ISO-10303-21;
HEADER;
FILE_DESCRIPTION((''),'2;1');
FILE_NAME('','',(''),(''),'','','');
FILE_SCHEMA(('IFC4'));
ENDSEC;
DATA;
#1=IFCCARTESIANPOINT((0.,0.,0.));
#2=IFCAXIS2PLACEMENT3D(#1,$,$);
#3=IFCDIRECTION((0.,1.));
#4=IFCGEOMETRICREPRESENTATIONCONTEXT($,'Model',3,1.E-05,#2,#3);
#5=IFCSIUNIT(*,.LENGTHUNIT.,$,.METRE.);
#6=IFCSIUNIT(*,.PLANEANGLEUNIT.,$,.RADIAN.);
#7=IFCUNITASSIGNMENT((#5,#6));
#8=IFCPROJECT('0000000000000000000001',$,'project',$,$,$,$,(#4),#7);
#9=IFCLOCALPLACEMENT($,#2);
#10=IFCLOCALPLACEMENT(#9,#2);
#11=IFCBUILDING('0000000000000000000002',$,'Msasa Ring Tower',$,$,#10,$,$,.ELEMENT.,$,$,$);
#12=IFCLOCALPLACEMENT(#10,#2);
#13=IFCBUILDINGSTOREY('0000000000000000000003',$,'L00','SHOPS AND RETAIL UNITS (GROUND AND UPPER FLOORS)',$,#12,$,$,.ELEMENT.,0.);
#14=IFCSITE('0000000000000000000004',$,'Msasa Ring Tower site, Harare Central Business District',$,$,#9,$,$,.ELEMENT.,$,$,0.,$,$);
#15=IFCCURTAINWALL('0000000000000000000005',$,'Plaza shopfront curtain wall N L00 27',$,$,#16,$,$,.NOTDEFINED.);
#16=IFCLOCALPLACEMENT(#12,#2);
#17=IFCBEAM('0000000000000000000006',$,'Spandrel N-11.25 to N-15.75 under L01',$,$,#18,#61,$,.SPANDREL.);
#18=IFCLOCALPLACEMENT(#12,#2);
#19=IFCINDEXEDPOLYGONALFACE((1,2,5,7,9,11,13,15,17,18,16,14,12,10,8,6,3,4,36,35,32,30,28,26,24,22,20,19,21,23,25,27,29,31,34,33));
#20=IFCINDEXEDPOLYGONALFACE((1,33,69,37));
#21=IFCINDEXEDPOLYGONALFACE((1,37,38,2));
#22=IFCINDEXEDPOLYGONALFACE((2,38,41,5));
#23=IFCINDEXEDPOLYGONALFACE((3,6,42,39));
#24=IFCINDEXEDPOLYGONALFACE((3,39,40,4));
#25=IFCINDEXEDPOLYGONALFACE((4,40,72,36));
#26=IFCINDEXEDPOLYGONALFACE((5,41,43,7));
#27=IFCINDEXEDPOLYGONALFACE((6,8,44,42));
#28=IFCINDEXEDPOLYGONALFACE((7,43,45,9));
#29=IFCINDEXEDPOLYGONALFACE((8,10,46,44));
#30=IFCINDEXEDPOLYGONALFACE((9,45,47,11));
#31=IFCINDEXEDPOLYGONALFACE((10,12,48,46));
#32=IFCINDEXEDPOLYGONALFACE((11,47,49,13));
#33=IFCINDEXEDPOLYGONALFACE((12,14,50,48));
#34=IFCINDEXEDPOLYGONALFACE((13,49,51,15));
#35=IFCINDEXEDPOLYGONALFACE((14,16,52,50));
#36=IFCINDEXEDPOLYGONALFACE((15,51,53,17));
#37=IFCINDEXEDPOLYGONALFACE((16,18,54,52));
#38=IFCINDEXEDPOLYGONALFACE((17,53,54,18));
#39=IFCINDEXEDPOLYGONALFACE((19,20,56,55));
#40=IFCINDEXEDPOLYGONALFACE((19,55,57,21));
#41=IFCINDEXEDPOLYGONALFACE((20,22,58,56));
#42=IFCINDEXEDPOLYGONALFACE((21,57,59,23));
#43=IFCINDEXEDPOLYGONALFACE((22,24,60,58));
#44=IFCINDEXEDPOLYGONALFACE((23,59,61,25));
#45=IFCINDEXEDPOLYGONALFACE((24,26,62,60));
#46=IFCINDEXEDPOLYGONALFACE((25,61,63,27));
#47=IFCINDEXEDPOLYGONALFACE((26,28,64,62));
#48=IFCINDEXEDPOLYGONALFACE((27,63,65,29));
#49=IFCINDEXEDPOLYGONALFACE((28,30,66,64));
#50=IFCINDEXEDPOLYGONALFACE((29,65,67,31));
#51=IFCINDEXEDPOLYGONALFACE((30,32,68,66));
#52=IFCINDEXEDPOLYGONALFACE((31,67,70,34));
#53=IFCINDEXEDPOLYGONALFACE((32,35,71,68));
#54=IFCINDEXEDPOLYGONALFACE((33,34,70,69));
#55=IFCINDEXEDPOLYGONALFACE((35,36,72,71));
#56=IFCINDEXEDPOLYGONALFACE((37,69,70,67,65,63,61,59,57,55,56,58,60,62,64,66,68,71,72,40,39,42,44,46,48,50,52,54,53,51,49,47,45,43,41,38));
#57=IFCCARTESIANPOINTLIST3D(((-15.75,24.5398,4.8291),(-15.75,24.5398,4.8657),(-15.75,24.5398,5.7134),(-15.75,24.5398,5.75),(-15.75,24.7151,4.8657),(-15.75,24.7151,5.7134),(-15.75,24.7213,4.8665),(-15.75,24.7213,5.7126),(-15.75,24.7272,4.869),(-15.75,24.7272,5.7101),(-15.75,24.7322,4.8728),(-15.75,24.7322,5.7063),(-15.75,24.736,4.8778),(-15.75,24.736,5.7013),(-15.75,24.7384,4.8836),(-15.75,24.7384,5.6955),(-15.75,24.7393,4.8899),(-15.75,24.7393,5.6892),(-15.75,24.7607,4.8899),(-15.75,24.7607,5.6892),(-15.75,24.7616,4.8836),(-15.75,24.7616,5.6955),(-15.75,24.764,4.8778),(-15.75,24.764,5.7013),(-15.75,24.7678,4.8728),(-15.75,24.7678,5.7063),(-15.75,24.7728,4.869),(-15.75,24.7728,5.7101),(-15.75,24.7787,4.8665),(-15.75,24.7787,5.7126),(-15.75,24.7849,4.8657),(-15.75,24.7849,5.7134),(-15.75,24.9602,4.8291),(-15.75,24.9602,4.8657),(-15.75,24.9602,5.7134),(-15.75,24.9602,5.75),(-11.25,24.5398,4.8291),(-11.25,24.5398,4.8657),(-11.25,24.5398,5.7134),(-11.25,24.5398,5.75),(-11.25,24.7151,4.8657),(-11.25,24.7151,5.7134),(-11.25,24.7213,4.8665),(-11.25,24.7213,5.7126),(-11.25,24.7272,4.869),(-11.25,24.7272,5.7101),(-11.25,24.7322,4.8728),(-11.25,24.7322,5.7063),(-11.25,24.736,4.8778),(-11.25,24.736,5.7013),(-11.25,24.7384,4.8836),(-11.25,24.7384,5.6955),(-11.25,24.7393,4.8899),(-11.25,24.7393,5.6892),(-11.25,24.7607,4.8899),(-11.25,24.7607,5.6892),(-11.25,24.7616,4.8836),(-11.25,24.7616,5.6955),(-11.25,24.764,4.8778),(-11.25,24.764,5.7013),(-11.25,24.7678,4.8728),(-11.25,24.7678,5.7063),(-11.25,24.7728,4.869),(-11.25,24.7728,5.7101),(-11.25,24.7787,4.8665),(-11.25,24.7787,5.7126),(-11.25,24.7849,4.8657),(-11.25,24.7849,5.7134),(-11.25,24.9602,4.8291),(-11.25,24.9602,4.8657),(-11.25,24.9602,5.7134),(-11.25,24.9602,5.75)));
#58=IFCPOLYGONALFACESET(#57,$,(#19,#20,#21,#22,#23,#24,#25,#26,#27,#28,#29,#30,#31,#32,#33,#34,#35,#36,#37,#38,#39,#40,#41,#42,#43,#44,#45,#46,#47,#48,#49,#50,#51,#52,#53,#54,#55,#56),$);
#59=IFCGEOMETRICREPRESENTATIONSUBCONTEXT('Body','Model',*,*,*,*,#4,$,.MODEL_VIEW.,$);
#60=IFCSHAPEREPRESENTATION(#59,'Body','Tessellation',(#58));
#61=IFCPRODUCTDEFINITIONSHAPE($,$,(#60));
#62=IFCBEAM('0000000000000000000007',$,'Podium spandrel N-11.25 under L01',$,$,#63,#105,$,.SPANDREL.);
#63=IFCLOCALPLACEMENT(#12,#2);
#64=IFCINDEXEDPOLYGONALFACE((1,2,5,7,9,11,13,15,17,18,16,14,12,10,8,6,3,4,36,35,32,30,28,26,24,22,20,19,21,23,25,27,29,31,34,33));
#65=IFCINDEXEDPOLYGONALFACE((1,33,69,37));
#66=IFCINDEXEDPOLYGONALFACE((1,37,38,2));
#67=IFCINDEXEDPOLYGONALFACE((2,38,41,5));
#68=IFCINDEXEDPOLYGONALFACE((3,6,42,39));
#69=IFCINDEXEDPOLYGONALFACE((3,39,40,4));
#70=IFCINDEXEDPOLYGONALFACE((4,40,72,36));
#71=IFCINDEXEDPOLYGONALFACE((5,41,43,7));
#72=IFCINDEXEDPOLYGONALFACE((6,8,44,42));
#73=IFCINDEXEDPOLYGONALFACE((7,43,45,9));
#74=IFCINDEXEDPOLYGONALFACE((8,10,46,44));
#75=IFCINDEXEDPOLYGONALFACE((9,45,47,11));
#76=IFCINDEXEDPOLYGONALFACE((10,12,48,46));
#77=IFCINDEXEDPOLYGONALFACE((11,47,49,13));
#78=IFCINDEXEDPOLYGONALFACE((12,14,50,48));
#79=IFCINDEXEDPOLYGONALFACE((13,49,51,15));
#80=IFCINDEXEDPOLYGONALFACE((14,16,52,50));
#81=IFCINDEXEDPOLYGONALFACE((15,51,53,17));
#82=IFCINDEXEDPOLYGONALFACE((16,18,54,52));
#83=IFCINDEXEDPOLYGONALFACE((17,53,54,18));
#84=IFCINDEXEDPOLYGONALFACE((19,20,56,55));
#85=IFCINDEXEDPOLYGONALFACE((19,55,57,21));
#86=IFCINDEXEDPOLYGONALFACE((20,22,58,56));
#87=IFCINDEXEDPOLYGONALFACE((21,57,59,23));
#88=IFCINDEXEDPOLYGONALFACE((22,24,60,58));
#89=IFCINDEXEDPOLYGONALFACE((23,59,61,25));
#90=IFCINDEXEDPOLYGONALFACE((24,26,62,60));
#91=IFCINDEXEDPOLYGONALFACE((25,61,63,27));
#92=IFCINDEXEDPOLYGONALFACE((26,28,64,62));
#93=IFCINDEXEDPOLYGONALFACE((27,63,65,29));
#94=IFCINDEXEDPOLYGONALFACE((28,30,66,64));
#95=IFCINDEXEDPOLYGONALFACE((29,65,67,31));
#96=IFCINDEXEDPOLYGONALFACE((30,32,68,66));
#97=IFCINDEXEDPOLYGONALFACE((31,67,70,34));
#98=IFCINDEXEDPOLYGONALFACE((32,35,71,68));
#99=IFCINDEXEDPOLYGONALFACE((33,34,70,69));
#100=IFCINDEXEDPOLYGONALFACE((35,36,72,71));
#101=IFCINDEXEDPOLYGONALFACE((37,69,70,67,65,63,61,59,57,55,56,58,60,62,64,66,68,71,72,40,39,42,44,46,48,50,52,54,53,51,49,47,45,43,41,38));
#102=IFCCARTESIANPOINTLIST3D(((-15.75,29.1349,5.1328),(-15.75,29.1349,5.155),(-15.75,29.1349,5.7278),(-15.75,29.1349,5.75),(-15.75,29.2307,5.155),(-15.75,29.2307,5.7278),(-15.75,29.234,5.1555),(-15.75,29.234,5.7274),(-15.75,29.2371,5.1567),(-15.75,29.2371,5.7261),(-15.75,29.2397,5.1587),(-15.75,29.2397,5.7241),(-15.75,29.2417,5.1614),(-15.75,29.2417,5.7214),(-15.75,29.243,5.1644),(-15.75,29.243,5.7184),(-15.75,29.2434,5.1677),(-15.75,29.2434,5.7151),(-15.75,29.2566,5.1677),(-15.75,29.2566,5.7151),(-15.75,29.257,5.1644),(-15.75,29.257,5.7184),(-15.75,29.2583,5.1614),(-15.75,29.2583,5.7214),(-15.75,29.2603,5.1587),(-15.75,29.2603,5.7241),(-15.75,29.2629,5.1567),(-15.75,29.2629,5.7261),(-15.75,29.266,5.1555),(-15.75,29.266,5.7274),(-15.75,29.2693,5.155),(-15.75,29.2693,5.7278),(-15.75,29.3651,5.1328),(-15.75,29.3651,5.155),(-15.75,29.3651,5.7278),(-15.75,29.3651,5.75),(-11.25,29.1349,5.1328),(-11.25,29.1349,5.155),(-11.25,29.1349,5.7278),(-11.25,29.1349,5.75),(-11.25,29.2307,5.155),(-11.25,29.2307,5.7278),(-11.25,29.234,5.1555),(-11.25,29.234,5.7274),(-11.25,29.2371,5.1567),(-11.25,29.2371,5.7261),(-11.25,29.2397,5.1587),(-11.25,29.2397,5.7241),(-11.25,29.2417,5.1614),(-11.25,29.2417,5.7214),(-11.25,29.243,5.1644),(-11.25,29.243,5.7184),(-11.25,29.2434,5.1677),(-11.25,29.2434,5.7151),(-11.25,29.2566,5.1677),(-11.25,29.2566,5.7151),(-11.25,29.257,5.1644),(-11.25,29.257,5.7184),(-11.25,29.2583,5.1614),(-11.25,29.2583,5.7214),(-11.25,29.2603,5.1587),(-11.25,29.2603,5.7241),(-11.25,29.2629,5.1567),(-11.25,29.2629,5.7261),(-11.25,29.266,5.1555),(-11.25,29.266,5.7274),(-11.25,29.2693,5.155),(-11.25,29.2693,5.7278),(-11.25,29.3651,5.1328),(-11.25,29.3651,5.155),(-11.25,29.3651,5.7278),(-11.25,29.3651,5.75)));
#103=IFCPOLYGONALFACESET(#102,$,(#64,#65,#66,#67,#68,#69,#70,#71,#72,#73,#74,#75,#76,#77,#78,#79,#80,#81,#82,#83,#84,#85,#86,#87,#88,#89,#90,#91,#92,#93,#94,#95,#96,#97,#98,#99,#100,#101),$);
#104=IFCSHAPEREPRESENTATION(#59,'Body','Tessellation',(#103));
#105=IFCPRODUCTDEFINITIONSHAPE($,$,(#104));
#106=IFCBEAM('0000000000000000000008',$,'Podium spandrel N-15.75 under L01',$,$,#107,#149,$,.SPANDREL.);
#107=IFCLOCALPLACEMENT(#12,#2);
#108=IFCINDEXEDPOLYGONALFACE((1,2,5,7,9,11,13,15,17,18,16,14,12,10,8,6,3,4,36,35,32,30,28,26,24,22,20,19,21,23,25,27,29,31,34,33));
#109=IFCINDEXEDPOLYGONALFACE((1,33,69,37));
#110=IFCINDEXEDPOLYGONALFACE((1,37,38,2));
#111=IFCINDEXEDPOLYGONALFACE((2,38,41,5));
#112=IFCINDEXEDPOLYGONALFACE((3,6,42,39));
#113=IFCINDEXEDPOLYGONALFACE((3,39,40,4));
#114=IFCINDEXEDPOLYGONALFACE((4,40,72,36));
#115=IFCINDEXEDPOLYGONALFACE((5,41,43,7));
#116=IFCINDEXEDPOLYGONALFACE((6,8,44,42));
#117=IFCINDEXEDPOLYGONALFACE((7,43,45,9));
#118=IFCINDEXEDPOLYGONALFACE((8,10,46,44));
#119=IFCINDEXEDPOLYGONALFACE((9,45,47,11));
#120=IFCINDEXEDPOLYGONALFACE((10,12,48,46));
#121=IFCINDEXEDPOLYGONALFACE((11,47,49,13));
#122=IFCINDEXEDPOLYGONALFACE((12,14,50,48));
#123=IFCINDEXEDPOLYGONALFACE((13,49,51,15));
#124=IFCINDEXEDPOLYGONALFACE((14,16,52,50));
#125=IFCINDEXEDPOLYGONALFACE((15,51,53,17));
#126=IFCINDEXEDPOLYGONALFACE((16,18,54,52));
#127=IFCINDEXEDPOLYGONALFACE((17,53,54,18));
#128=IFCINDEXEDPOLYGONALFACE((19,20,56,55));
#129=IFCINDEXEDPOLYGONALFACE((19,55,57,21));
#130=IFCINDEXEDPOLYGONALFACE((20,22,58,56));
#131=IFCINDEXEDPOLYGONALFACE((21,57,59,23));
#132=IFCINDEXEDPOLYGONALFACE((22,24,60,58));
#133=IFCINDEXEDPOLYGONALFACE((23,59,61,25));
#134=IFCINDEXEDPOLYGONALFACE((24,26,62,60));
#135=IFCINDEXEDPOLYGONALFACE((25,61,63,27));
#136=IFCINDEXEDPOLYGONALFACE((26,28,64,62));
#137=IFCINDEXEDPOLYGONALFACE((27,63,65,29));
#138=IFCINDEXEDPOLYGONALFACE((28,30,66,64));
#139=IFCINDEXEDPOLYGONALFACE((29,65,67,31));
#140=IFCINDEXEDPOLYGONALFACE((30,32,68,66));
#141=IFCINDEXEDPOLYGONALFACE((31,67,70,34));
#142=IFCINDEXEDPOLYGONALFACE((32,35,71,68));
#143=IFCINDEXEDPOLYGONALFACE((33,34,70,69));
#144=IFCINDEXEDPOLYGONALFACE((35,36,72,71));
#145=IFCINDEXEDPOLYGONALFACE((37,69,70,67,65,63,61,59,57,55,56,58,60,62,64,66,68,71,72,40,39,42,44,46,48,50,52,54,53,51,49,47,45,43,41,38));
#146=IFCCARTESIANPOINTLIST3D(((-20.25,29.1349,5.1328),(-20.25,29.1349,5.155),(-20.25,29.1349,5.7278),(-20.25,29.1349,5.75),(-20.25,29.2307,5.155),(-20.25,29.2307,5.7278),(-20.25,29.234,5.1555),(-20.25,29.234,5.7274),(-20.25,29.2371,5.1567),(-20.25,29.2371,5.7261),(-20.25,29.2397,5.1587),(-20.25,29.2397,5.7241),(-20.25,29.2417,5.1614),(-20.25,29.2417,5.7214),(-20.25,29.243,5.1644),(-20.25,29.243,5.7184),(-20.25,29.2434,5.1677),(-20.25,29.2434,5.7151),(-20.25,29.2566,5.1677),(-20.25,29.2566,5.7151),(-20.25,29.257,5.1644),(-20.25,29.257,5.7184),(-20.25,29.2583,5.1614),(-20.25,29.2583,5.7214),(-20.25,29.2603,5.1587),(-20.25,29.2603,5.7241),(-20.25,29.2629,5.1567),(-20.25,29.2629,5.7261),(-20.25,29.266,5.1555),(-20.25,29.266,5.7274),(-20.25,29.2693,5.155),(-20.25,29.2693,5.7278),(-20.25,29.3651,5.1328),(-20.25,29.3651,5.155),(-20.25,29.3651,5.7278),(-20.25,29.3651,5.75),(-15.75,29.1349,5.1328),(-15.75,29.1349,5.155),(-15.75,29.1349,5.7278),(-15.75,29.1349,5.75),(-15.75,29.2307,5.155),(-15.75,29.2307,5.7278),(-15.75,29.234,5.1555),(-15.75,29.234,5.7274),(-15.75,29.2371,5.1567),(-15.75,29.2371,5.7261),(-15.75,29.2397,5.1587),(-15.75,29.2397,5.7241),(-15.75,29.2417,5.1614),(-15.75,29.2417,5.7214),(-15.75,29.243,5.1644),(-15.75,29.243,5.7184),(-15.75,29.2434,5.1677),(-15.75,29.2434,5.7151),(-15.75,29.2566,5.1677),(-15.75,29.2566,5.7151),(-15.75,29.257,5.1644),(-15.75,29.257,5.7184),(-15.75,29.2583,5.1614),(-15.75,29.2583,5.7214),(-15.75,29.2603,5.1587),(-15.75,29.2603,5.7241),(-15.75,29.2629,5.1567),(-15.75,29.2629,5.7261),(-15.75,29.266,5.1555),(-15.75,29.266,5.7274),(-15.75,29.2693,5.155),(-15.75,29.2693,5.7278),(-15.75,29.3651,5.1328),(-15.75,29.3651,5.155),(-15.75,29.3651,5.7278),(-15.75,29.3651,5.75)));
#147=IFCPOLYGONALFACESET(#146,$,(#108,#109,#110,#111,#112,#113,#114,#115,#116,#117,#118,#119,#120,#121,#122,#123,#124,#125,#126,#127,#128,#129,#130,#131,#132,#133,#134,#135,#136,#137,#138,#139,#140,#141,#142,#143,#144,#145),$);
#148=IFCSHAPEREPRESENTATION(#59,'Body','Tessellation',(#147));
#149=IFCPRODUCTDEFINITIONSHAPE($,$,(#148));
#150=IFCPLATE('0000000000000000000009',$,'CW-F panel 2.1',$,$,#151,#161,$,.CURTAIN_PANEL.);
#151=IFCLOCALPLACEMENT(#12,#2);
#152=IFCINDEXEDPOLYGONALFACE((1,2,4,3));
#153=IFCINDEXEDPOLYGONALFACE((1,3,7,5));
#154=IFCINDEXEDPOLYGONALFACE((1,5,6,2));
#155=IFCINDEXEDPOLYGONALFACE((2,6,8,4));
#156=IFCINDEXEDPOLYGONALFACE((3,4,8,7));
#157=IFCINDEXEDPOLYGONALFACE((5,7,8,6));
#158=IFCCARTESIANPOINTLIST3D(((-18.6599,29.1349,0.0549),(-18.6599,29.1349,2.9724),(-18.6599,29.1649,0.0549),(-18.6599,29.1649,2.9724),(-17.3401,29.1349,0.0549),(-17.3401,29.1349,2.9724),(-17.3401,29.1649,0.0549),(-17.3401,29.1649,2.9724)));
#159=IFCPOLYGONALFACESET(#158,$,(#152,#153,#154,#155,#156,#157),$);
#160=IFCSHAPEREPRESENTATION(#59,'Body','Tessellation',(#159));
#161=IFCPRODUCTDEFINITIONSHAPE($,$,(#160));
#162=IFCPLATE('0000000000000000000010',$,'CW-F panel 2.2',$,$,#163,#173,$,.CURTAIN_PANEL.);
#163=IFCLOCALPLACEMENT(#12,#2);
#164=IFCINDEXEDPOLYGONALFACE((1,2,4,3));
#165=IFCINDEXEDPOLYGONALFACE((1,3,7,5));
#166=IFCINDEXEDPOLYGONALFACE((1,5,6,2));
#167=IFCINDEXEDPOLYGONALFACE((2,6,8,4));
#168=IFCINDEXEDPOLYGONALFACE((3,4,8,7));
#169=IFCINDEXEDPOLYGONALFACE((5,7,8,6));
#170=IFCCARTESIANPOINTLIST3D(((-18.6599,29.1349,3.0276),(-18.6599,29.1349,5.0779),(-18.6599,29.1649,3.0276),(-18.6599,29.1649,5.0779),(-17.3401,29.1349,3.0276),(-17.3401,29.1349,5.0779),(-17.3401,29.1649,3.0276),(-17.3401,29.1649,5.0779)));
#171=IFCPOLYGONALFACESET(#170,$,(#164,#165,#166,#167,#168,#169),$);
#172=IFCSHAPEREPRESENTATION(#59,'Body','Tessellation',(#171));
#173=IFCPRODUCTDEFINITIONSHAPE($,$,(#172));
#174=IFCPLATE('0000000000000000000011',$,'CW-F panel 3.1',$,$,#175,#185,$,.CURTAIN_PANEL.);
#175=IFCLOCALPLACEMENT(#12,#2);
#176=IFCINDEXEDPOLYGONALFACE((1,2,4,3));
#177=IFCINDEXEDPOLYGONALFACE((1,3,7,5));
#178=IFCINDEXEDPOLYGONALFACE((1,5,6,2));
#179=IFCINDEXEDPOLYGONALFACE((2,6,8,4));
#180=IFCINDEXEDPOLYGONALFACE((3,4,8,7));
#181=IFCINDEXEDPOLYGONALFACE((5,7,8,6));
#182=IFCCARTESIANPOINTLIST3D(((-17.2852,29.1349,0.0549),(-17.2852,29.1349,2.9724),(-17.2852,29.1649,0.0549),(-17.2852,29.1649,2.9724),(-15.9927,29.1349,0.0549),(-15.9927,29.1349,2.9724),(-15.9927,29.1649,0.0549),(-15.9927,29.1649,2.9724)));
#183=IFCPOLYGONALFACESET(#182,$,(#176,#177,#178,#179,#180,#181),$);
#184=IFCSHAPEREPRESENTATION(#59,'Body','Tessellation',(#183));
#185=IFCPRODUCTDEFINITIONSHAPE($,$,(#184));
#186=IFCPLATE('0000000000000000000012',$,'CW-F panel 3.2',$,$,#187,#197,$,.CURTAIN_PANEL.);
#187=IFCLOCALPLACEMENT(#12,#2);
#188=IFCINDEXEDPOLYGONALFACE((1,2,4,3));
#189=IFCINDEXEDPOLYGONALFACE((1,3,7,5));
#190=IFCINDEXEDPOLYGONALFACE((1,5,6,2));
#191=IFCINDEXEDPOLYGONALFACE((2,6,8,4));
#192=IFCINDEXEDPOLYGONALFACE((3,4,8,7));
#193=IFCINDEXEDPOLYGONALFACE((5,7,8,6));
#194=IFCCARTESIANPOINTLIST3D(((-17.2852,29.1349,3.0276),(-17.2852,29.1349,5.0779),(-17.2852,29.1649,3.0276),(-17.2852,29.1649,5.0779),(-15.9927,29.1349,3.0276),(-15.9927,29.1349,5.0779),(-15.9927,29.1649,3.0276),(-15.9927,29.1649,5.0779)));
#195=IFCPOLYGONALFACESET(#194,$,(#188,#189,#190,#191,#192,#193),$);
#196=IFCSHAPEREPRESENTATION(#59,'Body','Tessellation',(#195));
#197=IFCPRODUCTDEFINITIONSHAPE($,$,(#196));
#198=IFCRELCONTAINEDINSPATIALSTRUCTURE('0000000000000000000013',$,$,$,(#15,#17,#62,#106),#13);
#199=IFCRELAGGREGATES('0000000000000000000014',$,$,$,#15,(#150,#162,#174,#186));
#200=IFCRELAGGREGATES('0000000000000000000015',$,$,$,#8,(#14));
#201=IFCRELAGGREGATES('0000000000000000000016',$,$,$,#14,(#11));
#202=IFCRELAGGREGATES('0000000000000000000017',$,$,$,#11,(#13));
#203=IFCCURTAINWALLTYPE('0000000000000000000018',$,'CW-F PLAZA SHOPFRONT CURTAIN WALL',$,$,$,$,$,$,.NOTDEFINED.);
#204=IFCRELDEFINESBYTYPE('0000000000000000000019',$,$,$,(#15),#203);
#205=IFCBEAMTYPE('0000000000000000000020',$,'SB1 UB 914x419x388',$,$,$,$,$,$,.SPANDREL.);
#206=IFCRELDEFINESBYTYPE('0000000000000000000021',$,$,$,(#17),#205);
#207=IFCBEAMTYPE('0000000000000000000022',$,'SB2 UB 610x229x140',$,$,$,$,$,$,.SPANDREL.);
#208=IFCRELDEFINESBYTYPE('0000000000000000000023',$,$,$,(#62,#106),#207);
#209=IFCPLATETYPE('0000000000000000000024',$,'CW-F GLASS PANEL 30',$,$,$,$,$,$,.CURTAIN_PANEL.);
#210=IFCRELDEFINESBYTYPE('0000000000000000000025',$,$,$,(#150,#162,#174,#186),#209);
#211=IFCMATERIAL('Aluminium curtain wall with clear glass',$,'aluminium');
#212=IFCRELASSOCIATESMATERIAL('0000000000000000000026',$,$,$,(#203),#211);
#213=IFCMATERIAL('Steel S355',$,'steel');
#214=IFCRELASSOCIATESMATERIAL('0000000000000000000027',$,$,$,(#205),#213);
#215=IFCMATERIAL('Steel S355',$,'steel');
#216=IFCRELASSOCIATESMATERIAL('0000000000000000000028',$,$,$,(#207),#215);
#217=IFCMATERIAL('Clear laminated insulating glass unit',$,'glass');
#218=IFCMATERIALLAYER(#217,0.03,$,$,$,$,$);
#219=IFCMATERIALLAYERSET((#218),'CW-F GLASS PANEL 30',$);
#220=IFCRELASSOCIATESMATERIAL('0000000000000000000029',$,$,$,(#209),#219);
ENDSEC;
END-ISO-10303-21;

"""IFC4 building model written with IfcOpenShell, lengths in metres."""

from ifc_helpers import new_model, si_unit, direction, frame, origin, origin_2d, place, context, subcontext, project, spatial, rectangle, i_section, extrude, material, layer, layer_set, material_profile, profile_set, type_object, element, aggregate, save


model = new_model("IFC4")

# Units and contexts
model_context = context("Model", 3, precision=1e-05, world=origin(), true_north=direction((0.0, 1.0)))
body_context = subcontext(model_context, "Body", "Model", "MODEL_VIEW")
ifc_project = project(units=[si_unit("LENGTHUNIT", "METRE"), si_unit("PLANEANGLEUNIT", "RADIAN")], contexts=[model_context])

# Site, building, storey
site_placement = place(None, origin())
site = spatial("IfcSite", under=ifc_project, at=site_placement, Name="Msasa Ring Tower site, Harare Central Business District", CompositionType="ELEMENT", RefElevation=0.0)
building_placement = place(site_placement, origin())
building = spatial("IfcBuilding", under=site, at=building_placement, Name="Msasa Ring Tower", CompositionType="ELEMENT")
storey_placement = place(building_placement, origin())
storey = spatial("IfcBuildingStorey", under=building, at=storey_placement, Name="L00", Description="SHOPS AND RETAIL UNITS (GROUND AND UPPER FLOORS)", CompositionType="ELEMENT", Elevation=0.0)

# Curtain wall
ifc_material_1 = material(Name="Aluminium curtain wall with clear glass", Category="aluminium")
curtain_wall_type = type_object("IfcCurtainWallType", Name="CW-F PLAZA SHOPFRONT CURTAIN WALL", PredefinedType="NOTDEFINED", material=ifc_material_1)
curtain_wall_1_placement = place(storey_placement, origin())
curtain_wall_1 = element("IfcCurtainWall", 1, at=curtain_wall_1_placement, inside=storey, type_object=curtain_wall_type, Name="Plaza shopfront curtain wall N L00 27", PredefinedType="NOTDEFINED")

# Beams
ifc_material_2 = material(Name="Steel S355", Category="steel")
ifc_material_profile_1 = material_profile(ifc_material_2, i_section(OverallWidth=0.4204, OverallDepth=0.9209, WebThickness=0.0215, FlangeThickness=0.0366, FilletRadius=0.0242, at=origin_2d()), Name="UB 914x419x388")
ifc_profile_set_1 = profile_set([ifc_material_profile_1], Name="Steel S355")
beam_type_1 = type_object("IfcBeamType", Name="SB1 UB 914x419x388", PredefinedType="SPANDREL", material=ifc_profile_set_1)
beam_1_placement = place(storey_placement, frame((-11.25, 24.75, 5.2896), z_axis=(-1.0, 0.0, 0.0), x_axis=(0.0, -1.0, 0.0)))
element("IfcBeam", 2, at=beam_1_placement, inside=storey, type_object=beam_type_1, Name="Spandrel N-11.25 to N-15.75 under L01", PredefinedType="SPANDREL", context=body_context, shape_type="SweptSolid", body=[
    extrude(i_section(OverallWidth=0.4204, OverallDepth=0.9209, WebThickness=0.0215, FlangeThickness=0.0366, FilletRadius=0.0242, at=origin_2d()), origin(), (0.0, 0.0, 1.0), 4.5),
])
ifc_material_3 = material(Name="Steel S355", Category="steel")
ifc_material_profile_2 = material_profile(ifc_material_3, i_section(OverallWidth=0.2302, OverallDepth=0.6172, WebThickness=0.0132, FlangeThickness=0.0222, FilletRadius=0.0127, at=origin_2d()), Name="UB 610x229x140")
ifc_profile_set_2 = profile_set([ifc_material_profile_2], Name="Steel S355")
beam_type_2 = type_object("IfcBeamType", Name="SB2 UB 610x229x140", PredefinedType="SPANDREL", material=ifc_profile_set_2)
for number, where, z_axis, x_axis, name in (
    (3, (-11.25, 29.25, 5.4414), (-1.0, 0.0, 0.0), (0.0, -1.0, 0.0), "Podium spandrel N-11.25 under L01"),
    (4, (-15.75, 29.25, 5.4414), (-1.0, 0.0, 0.0), (0.0, -1.0, 0.0), "Podium spandrel N-15.75 under L01"),
):
    element("IfcBeam", number, at=place(storey_placement, frame(where, z_axis=z_axis, x_axis=x_axis)), inside=storey, type_object=beam_type_2, Name=name, PredefinedType="SPANDREL", context=body_context, shape_type="SweptSolid", body=[
        extrude(i_section(OverallWidth=0.2302, OverallDepth=0.6172, WebThickness=0.0132, FlangeThickness=0.0222, FilletRadius=0.0127, at=origin_2d()), origin(), (0.0, 0.0, 1.0), 4.5),
    ])

# Plates
ifc_material_4 = material(Name="Clear laminated insulating glass unit", Category="glass")
ifc_layer_1 = layer(ifc_material_4, 0.03)
ifc_layer_set_1 = layer_set([ifc_layer_1], Name="CW-F GLASS PANEL 30")
plate_type = type_object("IfcPlateType", Name="CW-F GLASS PANEL 30", PredefinedType="CURTAIN_PANEL", material=ifc_layer_set_1)
plate_1_placement = place(storey_placement, frame((-18.0, 29.1499, 0.0549), z_axis=(0.0, 0.0, 1.0), x_axis=(1.0, 0.0, 0.0)))
plate_1 = element("IfcPlate", 5, at=plate_1_placement, type_object=plate_type, Name="CW-F panel 2.1", PredefinedType="CURTAIN_PANEL", context=body_context, shape_type="SweptSolid", body=[
    extrude(rectangle(XDim=1.3198, YDim=0.03, at=origin_2d()), origin(), (0.0, 0.0, 1.0), 2.9175),
])
plate_2_placement = place(storey_placement, frame((-18.0, 29.1499, 3.0276), z_axis=(0.0, 0.0, 1.0), x_axis=(1.0, 0.0, 0.0)))
plate_2 = element("IfcPlate", 6, at=plate_2_placement, type_object=plate_type, Name="CW-F panel 2.2", PredefinedType="CURTAIN_PANEL", context=body_context, shape_type="SweptSolid", body=[
    extrude(rectangle(XDim=1.3198, YDim=0.03, at=origin_2d()), origin(), (0.0, 0.0, 1.0), 2.0503),
])
plate_3_placement = place(storey_placement, frame((-16.6389, 29.1499, 0.0549), z_axis=(0.0, 0.0, 1.0), x_axis=(1.0, 0.0, 0.0)))
plate_3 = element("IfcPlate", 7, at=plate_3_placement, type_object=plate_type, Name="CW-F panel 3.1", PredefinedType="CURTAIN_PANEL", context=body_context, shape_type="SweptSolid", body=[
    extrude(rectangle(XDim=1.2925, YDim=0.03, at=origin_2d()), origin(), (0.0, 0.0, 1.0), 2.9175),
])
plate_4_placement = place(storey_placement, frame((-16.6389, 29.1499, 3.0276), z_axis=(0.0, 0.0, 1.0), x_axis=(1.0, 0.0, 0.0)))
plate_4 = element("IfcPlate", 8, at=plate_4_placement, type_object=plate_type, Name="CW-F panel 3.2", PredefinedType="CURTAIN_PANEL", context=body_context, shape_type="SweptSolid", body=[
    extrude(rectangle(XDim=1.2925, YDim=0.03, at=origin_2d()), origin(), (0.0, 0.0, 1.0), 2.0503),
])
aggregate(curtain_wall_1, [plate_1, plate_2, plate_3, plate_4])

save(model, "model.ifc")
